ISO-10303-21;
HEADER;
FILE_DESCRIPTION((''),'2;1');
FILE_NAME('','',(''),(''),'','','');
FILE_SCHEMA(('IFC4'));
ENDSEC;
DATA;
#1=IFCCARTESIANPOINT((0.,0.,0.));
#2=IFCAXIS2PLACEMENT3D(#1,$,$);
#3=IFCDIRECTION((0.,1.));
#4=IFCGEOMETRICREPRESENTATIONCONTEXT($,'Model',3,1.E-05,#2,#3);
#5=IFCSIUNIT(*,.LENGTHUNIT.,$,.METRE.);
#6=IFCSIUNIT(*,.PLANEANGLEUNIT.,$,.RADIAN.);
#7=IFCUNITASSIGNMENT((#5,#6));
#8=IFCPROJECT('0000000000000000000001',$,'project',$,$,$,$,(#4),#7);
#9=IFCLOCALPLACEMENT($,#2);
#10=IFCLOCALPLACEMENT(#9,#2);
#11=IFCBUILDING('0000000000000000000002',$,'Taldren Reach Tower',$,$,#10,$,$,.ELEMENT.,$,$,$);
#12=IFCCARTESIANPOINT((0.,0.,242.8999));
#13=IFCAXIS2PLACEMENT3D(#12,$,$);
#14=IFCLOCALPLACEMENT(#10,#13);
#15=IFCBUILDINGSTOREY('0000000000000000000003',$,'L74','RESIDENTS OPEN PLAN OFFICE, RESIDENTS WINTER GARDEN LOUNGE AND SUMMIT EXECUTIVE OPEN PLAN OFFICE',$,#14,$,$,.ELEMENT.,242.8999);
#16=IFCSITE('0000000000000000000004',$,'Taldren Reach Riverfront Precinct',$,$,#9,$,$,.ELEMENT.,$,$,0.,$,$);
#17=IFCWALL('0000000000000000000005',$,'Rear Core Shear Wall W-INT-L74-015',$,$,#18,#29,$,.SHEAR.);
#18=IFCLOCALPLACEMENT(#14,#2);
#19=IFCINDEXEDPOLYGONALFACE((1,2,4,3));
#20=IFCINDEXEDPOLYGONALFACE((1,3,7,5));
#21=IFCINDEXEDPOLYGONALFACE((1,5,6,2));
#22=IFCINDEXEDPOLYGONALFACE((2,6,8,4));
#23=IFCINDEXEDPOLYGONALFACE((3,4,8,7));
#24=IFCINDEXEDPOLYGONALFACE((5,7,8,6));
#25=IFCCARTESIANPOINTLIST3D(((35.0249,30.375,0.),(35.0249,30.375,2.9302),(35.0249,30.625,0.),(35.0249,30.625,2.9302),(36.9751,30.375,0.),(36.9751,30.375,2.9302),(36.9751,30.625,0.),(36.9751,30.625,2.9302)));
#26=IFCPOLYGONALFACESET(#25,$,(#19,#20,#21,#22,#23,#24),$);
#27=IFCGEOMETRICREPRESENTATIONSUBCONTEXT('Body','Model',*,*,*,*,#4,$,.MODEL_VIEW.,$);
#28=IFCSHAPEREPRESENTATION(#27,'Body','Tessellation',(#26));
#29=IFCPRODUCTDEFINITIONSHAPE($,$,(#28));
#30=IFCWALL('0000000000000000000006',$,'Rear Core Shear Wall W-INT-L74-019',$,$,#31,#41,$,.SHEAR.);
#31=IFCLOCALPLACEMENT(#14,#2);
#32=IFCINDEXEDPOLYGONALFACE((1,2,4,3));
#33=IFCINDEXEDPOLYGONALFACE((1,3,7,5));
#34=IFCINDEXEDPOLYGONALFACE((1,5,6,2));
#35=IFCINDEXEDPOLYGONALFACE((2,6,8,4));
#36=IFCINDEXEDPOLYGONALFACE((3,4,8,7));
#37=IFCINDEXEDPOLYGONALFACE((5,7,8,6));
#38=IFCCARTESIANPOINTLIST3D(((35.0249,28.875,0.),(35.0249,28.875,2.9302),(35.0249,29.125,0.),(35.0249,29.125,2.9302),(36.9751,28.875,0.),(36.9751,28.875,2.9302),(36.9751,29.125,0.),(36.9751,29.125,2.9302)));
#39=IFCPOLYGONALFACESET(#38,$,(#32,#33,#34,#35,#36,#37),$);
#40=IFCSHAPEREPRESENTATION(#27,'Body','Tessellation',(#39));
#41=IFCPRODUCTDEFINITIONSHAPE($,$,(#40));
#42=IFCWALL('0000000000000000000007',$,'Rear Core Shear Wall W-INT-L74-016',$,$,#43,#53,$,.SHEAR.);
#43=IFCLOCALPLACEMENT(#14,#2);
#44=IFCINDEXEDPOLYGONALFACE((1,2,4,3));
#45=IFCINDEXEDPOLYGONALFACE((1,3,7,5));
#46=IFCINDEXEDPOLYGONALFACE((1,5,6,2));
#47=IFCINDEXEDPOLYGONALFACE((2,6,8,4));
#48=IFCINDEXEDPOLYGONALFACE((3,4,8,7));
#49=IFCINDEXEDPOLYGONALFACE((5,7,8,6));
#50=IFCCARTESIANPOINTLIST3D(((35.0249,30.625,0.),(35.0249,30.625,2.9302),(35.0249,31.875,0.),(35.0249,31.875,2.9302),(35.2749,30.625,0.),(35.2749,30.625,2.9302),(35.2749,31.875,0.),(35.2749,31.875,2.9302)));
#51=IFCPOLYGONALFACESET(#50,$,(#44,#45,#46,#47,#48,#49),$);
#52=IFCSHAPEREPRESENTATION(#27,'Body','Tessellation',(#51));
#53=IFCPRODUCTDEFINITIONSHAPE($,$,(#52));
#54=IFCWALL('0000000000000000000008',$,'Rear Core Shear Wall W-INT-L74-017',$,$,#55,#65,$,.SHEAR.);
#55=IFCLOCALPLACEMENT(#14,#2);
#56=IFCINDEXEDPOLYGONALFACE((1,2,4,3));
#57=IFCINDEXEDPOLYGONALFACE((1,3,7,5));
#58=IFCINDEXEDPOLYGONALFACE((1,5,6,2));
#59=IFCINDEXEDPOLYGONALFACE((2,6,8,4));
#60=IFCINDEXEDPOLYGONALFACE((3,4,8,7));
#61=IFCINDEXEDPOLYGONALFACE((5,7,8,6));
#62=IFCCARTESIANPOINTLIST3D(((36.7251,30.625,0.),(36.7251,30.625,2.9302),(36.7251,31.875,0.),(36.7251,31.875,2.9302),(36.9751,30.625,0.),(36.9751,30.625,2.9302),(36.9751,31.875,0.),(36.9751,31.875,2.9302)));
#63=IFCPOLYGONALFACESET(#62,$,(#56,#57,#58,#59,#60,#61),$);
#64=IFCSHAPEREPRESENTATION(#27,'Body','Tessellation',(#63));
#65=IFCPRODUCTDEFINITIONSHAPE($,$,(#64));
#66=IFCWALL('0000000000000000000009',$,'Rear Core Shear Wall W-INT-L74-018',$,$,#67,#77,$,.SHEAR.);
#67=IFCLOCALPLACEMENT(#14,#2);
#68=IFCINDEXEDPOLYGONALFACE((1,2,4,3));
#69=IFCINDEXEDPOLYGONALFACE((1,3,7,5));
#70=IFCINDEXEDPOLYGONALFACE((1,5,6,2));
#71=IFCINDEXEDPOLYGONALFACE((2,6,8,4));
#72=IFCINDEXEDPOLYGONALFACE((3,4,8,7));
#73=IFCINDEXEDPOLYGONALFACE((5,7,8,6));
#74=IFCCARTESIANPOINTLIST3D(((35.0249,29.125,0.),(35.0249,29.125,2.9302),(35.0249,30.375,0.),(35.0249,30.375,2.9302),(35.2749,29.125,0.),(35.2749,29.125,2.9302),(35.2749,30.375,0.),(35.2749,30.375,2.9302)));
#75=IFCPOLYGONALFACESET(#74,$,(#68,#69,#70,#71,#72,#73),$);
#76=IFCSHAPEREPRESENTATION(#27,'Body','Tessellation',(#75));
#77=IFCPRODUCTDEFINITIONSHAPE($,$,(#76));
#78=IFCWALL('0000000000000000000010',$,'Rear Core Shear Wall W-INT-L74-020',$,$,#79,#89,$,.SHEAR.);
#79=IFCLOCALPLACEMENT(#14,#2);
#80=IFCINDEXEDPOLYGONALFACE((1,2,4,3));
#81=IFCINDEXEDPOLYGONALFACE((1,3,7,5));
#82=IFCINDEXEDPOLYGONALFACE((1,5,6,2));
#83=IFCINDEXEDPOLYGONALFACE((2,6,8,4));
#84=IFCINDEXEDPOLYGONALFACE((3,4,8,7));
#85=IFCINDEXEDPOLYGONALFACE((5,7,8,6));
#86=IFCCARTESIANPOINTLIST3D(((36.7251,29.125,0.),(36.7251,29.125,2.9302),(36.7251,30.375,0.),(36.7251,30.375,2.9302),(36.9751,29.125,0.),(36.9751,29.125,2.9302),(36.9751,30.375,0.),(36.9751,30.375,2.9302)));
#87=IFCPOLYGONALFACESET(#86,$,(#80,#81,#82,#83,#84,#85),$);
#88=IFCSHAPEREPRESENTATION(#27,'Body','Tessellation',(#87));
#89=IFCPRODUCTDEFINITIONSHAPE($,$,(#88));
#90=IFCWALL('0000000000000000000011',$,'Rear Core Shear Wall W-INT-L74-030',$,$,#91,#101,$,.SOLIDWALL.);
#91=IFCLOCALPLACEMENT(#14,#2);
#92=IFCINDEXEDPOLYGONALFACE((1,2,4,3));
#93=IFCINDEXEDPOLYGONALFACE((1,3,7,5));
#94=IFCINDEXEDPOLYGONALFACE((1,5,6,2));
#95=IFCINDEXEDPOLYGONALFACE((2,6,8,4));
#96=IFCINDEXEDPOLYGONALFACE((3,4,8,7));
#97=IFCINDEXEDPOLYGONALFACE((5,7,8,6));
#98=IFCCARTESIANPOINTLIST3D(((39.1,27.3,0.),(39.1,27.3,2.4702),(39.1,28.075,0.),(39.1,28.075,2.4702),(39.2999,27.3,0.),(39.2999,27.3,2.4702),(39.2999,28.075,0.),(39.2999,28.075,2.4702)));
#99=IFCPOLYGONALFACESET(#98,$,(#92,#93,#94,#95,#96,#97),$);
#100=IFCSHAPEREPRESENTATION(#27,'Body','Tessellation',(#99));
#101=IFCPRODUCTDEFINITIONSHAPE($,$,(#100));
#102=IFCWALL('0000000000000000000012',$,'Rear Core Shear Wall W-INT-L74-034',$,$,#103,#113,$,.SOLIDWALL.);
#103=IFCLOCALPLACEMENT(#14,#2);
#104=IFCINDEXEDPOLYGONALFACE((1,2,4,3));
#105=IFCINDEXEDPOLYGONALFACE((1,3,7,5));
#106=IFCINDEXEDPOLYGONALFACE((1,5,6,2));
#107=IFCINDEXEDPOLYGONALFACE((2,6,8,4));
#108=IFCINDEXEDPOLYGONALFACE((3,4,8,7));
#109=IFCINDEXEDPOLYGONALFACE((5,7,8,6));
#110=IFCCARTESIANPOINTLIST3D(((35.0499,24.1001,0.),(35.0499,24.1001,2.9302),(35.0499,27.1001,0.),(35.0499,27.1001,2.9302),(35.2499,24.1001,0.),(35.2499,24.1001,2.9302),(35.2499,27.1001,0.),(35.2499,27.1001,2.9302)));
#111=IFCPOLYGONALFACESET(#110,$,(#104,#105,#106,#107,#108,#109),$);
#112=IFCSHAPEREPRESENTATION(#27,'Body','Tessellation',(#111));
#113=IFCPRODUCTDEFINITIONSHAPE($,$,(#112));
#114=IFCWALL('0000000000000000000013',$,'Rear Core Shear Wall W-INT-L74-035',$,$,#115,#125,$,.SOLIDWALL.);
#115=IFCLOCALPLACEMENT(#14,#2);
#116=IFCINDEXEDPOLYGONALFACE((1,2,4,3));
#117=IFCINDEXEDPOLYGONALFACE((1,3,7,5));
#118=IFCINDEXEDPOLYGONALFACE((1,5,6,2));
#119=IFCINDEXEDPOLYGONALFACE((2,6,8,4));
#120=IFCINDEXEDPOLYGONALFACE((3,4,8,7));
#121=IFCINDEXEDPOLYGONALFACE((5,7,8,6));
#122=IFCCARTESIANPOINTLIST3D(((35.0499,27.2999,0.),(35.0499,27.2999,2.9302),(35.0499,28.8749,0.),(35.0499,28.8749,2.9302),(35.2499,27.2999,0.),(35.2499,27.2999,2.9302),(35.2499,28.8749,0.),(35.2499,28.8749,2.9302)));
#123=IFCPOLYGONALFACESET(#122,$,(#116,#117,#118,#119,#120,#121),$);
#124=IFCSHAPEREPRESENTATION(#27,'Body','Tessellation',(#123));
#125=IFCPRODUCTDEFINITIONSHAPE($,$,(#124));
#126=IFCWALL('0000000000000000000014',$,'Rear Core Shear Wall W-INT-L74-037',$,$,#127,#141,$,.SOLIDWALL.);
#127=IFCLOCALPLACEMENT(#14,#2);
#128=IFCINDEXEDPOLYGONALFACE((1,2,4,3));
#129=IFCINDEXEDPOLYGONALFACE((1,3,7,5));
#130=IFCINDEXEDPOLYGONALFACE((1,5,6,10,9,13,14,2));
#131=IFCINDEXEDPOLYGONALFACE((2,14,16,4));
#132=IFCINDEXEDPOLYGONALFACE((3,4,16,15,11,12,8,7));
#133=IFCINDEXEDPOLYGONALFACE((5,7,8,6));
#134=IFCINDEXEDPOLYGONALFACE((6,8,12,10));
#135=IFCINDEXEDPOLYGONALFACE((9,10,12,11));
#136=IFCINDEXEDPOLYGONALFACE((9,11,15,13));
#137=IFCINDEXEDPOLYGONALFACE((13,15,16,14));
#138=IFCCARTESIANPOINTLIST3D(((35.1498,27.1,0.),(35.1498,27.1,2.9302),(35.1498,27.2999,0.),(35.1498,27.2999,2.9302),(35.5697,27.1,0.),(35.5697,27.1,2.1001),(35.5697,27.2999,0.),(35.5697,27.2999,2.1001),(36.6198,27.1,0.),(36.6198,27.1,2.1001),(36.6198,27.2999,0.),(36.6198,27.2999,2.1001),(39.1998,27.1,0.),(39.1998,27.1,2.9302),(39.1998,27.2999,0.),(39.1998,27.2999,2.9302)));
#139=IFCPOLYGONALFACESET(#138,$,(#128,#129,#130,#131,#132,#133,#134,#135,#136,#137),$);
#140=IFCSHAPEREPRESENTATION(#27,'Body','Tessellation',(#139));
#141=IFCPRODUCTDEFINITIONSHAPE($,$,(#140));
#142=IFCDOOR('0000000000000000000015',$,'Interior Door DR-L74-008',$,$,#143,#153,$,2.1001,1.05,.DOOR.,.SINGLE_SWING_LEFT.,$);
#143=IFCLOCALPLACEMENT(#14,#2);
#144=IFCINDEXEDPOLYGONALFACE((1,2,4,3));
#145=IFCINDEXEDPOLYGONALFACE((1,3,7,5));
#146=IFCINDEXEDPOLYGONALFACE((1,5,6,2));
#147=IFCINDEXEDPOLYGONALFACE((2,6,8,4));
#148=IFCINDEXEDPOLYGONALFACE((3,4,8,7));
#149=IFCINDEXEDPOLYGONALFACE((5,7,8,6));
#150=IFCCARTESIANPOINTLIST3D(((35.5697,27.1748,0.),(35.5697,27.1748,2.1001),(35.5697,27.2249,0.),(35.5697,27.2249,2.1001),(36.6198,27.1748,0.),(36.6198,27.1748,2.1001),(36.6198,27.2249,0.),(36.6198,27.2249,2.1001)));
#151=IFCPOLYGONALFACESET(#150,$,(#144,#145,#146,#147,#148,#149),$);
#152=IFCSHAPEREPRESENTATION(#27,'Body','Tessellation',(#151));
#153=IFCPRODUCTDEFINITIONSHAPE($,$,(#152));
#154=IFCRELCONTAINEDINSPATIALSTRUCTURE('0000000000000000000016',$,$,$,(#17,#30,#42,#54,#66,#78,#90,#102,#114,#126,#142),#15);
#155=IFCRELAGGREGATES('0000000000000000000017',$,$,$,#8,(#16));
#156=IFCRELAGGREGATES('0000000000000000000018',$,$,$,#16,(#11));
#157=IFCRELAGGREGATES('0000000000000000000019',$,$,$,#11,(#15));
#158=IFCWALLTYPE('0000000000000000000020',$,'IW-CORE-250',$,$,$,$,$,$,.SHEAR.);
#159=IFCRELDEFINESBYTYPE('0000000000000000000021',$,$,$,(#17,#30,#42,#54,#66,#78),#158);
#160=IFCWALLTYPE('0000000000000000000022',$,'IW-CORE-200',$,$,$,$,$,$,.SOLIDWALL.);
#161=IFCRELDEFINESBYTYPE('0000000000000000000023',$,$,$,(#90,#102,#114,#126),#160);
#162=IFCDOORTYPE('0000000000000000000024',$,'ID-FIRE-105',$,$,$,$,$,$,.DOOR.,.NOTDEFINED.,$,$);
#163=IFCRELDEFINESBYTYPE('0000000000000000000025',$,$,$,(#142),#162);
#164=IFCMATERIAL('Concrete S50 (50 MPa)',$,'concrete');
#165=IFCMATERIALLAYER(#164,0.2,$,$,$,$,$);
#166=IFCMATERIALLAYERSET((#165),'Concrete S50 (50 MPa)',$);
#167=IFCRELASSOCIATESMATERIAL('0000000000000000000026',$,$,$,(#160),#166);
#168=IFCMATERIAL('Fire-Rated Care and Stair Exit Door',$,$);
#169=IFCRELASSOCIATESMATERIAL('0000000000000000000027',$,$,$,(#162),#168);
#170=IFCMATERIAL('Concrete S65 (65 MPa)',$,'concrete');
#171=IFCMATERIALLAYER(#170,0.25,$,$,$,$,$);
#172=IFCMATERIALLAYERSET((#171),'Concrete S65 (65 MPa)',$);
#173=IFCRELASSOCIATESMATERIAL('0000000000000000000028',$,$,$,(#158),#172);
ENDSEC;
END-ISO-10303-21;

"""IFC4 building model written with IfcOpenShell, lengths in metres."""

from ifc_helpers import new_model, si_unit, direction, frame, frame_2d, origin, place, context, subcontext, project, spatial, rectangle, extrude, source, transform, mapped, material, layer, layer_set, type_object, element, fill, save


model = new_model("IFC4")

# Units and contexts
model_context = context("Model", 3, precision=1e-05, world=origin(), true_north=direction((0.0, 1.0)))
body_context = subcontext(model_context, "Body", "Model", "MODEL_VIEW")
ifc_project = project(units=[si_unit("LENGTHUNIT", "METRE"), si_unit("PLANEANGLEUNIT", "RADIAN")], contexts=[model_context])

# Site, building, storey
site_placement = place(None, origin())
site = spatial("IfcSite", under=ifc_project, at=site_placement, Name="Taldren Reach Riverfront Precinct", CompositionType="ELEMENT", RefElevation=0.0)
building_placement = place(site_placement, origin())
building = spatial("IfcBuilding", under=site, at=building_placement, Name="Taldren Reach Tower", CompositionType="ELEMENT")
storey_placement = place(building_placement, frame((0.0, 0.0, 242.8999)))
storey = spatial("IfcBuildingStorey", under=building, at=storey_placement, Name="L74", Description="RESIDENTS OPEN PLAN OFFICE, RESIDENTS WINTER GARDEN LOUNGE AND SUMMIT EXECUTIVE OPEN PLAN OFFICE", CompositionType="ELEMENT", Elevation=242.8999)

# Shared definitions
ifc_material_1 = material(Name="Concrete S50 (50 MPa)", Category="concrete")
ifc_layer_1 = layer(ifc_material_1, 0.2)
ifc_layer_set_1 = layer_set([ifc_layer_1], Name="Concrete S50 (50 MPa)")
wall_type_1 = type_object("IfcWallType", Name="IW-CORE-200", PredefinedType="SOLIDWALL", material=ifc_layer_set_1)

# Shared definitions
shared_shape_1 = source(origin(), body_context, "Body", "SweptSolid", [
    extrude(rectangle(XDim=1.05, YDim=2.1001, at=frame_2d((0.5249, 1.05))), frame((0.0, 0.1099, 0.0), z_axis=(0.0, -1.0, 0.0), x_axis=(1.0, 0.0, 0.0)), (0.0, 0.0, 1.0), 0.22),
])
ifc_material_2 = material(Name="Fire-Rated Care and Stair Exit Door")
door_type_1 = type_object("IfcDoorType", Name="ID-FIRE-105", OperationType="NOTDEFINED", PredefinedType="DOOR", material=ifc_material_2)
shared_shape_2 = source(origin(), body_context, "Body", "SweptSolid", [
    extrude(rectangle(XDim=1.05, YDim=2.1001, at=frame_2d((0.5249, 1.05))), frame((0.0, 0.0249, 0.0), z_axis=(0.0, -1.0, 0.0), x_axis=(1.0, 0.0, 0.0)), (0.0, 0.0, 1.0), 0.05),
])

# Shared definitions
ifc_material_3 = material(Name="Concrete S65 (65 MPa)", Category="concrete")
ifc_layer_2 = layer(ifc_material_3, 0.25)
ifc_layer_set_2 = layer_set([ifc_layer_2], Name="Concrete S65 (65 MPa)")
wall_type_2 = type_object("IfcWallType", Name="IW-CORE-250", PredefinedType="SHEAR", material=ifc_layer_set_2)

# Walls
shared_shape_3 = source(origin(), body_context, "Body", "SweptSolid", [
    extrude(rectangle(XDim=1.9502, YDim=0.25, at=frame_2d((0.9751, 0.0))), origin(), (0.0, 0.0, 1.0), 2.9302),
])
for number, where, z_axis, x_axis, name in (
    (1, (35.0249, 30.5, 0.0), (0.0, 0.0, 1.0), (1.0, 0.0, 0.0), "Rear Core Shear Wall W-INT-L74-015"),
    (2, (35.0249, 29.0, 0.0), (0.0, 0.0, 1.0), (1.0, 0.0, 0.0), "Rear Core Shear Wall W-INT-L74-019"),
):
    element("IfcWall", number, at=place(storey_placement, frame(where, z_axis=z_axis, x_axis=x_axis)), inside=storey, type_object=wall_type_2, Name=name, PredefinedType="SHEAR", context=body_context, shape_type="MappedRepresentation", body=[
        mapped(shared_shape_3, transform((0.0, 0.0, 0.0), scale=1.0)),
    ])
shared_shape_4 = source(origin(), body_context, "Body", "SweptSolid", [
    extrude(rectangle(XDim=1.25, YDim=0.25, at=frame_2d((0.625, 0.0))), origin(), (0.0, 0.0, 1.0), 2.9302),
])
for number, where, z_axis, x_axis, name in (
    (3, (35.1499, 31.875, 0.0), (0.0, 0.0, 1.0), (0.0, -1.0, 0.0), "Rear Core Shear Wall W-INT-L74-016"),
    (4, (36.8501, 30.625, 0.0), (0.0, 0.0, 1.0), (0.0, 1.0, 0.0), "Rear Core Shear Wall W-INT-L74-017"),
    (5, (35.1499, 30.375, 0.0), (0.0, 0.0, 1.0), (0.0, -1.0, 0.0), "Rear Core Shear Wall W-INT-L74-018"),
    (6, (36.8501, 29.125, 0.0), (0.0, 0.0, 1.0), (0.0, 1.0, 0.0), "Rear Core Shear Wall W-INT-L74-020"),
):
    element("IfcWall", number, at=place(storey_placement, frame(where, z_axis=z_axis, x_axis=x_axis)), inside=storey, type_object=wall_type_2, Name=name, PredefinedType="SHEAR", context=body_context, shape_type="MappedRepresentation", body=[
        mapped(shared_shape_4, transform((0.0, 0.0, 0.0), scale=1.0)),
    ])

# Walls
shared_shape_5 = source(origin(), body_context, "Body", "SweptSolid", [
    extrude(rectangle(XDim=0.7749, YDim=0.2, at=frame_2d((0.3875, 0.0))), origin(), (0.0, 0.0, 1.0), 2.4702),
])
wall_1_placement = place(storey_placement, frame((39.2, 27.3, 0.0), z_axis=(0.0, 0.0, 1.0), x_axis=(0.0, 1.0, 0.0)))
element("IfcWall", 7, at=wall_1_placement, inside=storey, type_object=wall_type_1, Name="Rear Core Shear Wall W-INT-L74-030", PredefinedType="SOLIDWALL", context=body_context, shape_type="MappedRepresentation", body=[
    mapped(shared_shape_5, transform((0.0, 0.0, 0.0), scale=1.0)),
])
shared_shape_6 = source(origin(), body_context, "Body", "SweptSolid", [
    extrude(rectangle(XDim=3.0, YDim=0.2, at=frame_2d((1.5, 0.0))), origin(), (0.0, 0.0, 1.0), 2.9302),
])
wall_2_placement = place(storey_placement, frame((35.1499, 27.1001, 0.0), z_axis=(0.0, 0.0, 1.0), x_axis=(0.0, -1.0, 0.0)))
element("IfcWall", 8, at=wall_2_placement, inside=storey, type_object=wall_type_1, Name="Rear Core Shear Wall W-INT-L74-034", PredefinedType="SOLIDWALL", context=body_context, shape_type="MappedRepresentation", body=[
    mapped(shared_shape_6, transform((0.0, 0.0, 0.0), scale=1.0)),
])
shared_shape_7 = source(origin(), body_context, "Body", "SweptSolid", [
    extrude(rectangle(XDim=1.575, YDim=0.2, at=frame_2d((0.7876, 0.0))), origin(), (0.0, 0.0, 1.0), 2.9302),
])
wall_3_placement = place(storey_placement, frame((35.1499, 28.875, 0.0), z_axis=(0.0, 0.0, 1.0), x_axis=(0.0, -1.0, 0.0)))
element("IfcWall", 9, at=wall_3_placement, inside=storey, type_object=wall_type_1, Name="Rear Core Shear Wall W-INT-L74-035", PredefinedType="SOLIDWALL", context=body_context, shape_type="MappedRepresentation", body=[
    mapped(shared_shape_7, transform((0.0, 0.0, 0.0), scale=1.0)),
])

# Wall, opening, door
shared_shape_8 = source(origin(), body_context, "Body", "SweptSolid", [
    extrude(rectangle(XDim=4.05, YDim=0.2, at=frame_2d((2.0249, 0.0))), origin(), (0.0, 0.0, 1.0), 2.9302),
])
wall_4_placement = place(storey_placement, frame((35.1499, 27.2, 0.0), z_axis=(0.0, 0.0, 1.0), x_axis=(1.0, 0.0, 0.0)))
wall_4 = element("IfcWall", 10, at=wall_4_placement, inside=storey, type_object=wall_type_1, Name="Rear Core Shear Wall W-INT-L74-037", PredefinedType="SOLIDWALL", context=body_context, shape_type="MappedRepresentation", body=[
    mapped(shared_shape_8, transform((0.0, 0.0, 0.0), scale=1.0)),
])
opening_1_placement = place(wall_4_placement, frame((0.4199, 0.0, 0.0)))
opening_1 = element("IfcOpeningElement", 11, at=opening_1_placement, cuts=wall_4, PredefinedType="OPENING", context=body_context, shape_type="MappedRepresentation", body=[
    mapped(shared_shape_1, transform((0.0, 0.0, 0.0), scale=1.0)),
])
door_1_placement = place(opening_1_placement, origin())
door_1 = element("IfcDoor", 12, at=door_1_placement, inside=storey, type_object=door_type_1, Name="Interior Door DR-L74-008", OperationType="SINGLE_SWING_LEFT", OverallHeight=2.1001, OverallWidth=1.05, PredefinedType="DOOR", context=body_context, shape_type="MappedRepresentation", body=[
    mapped(shared_shape_2, transform((0.0, 0.0, 0.0), scale=1.0)),
])
fill(opening_1, door_1)

save(model, "model.ifc")
